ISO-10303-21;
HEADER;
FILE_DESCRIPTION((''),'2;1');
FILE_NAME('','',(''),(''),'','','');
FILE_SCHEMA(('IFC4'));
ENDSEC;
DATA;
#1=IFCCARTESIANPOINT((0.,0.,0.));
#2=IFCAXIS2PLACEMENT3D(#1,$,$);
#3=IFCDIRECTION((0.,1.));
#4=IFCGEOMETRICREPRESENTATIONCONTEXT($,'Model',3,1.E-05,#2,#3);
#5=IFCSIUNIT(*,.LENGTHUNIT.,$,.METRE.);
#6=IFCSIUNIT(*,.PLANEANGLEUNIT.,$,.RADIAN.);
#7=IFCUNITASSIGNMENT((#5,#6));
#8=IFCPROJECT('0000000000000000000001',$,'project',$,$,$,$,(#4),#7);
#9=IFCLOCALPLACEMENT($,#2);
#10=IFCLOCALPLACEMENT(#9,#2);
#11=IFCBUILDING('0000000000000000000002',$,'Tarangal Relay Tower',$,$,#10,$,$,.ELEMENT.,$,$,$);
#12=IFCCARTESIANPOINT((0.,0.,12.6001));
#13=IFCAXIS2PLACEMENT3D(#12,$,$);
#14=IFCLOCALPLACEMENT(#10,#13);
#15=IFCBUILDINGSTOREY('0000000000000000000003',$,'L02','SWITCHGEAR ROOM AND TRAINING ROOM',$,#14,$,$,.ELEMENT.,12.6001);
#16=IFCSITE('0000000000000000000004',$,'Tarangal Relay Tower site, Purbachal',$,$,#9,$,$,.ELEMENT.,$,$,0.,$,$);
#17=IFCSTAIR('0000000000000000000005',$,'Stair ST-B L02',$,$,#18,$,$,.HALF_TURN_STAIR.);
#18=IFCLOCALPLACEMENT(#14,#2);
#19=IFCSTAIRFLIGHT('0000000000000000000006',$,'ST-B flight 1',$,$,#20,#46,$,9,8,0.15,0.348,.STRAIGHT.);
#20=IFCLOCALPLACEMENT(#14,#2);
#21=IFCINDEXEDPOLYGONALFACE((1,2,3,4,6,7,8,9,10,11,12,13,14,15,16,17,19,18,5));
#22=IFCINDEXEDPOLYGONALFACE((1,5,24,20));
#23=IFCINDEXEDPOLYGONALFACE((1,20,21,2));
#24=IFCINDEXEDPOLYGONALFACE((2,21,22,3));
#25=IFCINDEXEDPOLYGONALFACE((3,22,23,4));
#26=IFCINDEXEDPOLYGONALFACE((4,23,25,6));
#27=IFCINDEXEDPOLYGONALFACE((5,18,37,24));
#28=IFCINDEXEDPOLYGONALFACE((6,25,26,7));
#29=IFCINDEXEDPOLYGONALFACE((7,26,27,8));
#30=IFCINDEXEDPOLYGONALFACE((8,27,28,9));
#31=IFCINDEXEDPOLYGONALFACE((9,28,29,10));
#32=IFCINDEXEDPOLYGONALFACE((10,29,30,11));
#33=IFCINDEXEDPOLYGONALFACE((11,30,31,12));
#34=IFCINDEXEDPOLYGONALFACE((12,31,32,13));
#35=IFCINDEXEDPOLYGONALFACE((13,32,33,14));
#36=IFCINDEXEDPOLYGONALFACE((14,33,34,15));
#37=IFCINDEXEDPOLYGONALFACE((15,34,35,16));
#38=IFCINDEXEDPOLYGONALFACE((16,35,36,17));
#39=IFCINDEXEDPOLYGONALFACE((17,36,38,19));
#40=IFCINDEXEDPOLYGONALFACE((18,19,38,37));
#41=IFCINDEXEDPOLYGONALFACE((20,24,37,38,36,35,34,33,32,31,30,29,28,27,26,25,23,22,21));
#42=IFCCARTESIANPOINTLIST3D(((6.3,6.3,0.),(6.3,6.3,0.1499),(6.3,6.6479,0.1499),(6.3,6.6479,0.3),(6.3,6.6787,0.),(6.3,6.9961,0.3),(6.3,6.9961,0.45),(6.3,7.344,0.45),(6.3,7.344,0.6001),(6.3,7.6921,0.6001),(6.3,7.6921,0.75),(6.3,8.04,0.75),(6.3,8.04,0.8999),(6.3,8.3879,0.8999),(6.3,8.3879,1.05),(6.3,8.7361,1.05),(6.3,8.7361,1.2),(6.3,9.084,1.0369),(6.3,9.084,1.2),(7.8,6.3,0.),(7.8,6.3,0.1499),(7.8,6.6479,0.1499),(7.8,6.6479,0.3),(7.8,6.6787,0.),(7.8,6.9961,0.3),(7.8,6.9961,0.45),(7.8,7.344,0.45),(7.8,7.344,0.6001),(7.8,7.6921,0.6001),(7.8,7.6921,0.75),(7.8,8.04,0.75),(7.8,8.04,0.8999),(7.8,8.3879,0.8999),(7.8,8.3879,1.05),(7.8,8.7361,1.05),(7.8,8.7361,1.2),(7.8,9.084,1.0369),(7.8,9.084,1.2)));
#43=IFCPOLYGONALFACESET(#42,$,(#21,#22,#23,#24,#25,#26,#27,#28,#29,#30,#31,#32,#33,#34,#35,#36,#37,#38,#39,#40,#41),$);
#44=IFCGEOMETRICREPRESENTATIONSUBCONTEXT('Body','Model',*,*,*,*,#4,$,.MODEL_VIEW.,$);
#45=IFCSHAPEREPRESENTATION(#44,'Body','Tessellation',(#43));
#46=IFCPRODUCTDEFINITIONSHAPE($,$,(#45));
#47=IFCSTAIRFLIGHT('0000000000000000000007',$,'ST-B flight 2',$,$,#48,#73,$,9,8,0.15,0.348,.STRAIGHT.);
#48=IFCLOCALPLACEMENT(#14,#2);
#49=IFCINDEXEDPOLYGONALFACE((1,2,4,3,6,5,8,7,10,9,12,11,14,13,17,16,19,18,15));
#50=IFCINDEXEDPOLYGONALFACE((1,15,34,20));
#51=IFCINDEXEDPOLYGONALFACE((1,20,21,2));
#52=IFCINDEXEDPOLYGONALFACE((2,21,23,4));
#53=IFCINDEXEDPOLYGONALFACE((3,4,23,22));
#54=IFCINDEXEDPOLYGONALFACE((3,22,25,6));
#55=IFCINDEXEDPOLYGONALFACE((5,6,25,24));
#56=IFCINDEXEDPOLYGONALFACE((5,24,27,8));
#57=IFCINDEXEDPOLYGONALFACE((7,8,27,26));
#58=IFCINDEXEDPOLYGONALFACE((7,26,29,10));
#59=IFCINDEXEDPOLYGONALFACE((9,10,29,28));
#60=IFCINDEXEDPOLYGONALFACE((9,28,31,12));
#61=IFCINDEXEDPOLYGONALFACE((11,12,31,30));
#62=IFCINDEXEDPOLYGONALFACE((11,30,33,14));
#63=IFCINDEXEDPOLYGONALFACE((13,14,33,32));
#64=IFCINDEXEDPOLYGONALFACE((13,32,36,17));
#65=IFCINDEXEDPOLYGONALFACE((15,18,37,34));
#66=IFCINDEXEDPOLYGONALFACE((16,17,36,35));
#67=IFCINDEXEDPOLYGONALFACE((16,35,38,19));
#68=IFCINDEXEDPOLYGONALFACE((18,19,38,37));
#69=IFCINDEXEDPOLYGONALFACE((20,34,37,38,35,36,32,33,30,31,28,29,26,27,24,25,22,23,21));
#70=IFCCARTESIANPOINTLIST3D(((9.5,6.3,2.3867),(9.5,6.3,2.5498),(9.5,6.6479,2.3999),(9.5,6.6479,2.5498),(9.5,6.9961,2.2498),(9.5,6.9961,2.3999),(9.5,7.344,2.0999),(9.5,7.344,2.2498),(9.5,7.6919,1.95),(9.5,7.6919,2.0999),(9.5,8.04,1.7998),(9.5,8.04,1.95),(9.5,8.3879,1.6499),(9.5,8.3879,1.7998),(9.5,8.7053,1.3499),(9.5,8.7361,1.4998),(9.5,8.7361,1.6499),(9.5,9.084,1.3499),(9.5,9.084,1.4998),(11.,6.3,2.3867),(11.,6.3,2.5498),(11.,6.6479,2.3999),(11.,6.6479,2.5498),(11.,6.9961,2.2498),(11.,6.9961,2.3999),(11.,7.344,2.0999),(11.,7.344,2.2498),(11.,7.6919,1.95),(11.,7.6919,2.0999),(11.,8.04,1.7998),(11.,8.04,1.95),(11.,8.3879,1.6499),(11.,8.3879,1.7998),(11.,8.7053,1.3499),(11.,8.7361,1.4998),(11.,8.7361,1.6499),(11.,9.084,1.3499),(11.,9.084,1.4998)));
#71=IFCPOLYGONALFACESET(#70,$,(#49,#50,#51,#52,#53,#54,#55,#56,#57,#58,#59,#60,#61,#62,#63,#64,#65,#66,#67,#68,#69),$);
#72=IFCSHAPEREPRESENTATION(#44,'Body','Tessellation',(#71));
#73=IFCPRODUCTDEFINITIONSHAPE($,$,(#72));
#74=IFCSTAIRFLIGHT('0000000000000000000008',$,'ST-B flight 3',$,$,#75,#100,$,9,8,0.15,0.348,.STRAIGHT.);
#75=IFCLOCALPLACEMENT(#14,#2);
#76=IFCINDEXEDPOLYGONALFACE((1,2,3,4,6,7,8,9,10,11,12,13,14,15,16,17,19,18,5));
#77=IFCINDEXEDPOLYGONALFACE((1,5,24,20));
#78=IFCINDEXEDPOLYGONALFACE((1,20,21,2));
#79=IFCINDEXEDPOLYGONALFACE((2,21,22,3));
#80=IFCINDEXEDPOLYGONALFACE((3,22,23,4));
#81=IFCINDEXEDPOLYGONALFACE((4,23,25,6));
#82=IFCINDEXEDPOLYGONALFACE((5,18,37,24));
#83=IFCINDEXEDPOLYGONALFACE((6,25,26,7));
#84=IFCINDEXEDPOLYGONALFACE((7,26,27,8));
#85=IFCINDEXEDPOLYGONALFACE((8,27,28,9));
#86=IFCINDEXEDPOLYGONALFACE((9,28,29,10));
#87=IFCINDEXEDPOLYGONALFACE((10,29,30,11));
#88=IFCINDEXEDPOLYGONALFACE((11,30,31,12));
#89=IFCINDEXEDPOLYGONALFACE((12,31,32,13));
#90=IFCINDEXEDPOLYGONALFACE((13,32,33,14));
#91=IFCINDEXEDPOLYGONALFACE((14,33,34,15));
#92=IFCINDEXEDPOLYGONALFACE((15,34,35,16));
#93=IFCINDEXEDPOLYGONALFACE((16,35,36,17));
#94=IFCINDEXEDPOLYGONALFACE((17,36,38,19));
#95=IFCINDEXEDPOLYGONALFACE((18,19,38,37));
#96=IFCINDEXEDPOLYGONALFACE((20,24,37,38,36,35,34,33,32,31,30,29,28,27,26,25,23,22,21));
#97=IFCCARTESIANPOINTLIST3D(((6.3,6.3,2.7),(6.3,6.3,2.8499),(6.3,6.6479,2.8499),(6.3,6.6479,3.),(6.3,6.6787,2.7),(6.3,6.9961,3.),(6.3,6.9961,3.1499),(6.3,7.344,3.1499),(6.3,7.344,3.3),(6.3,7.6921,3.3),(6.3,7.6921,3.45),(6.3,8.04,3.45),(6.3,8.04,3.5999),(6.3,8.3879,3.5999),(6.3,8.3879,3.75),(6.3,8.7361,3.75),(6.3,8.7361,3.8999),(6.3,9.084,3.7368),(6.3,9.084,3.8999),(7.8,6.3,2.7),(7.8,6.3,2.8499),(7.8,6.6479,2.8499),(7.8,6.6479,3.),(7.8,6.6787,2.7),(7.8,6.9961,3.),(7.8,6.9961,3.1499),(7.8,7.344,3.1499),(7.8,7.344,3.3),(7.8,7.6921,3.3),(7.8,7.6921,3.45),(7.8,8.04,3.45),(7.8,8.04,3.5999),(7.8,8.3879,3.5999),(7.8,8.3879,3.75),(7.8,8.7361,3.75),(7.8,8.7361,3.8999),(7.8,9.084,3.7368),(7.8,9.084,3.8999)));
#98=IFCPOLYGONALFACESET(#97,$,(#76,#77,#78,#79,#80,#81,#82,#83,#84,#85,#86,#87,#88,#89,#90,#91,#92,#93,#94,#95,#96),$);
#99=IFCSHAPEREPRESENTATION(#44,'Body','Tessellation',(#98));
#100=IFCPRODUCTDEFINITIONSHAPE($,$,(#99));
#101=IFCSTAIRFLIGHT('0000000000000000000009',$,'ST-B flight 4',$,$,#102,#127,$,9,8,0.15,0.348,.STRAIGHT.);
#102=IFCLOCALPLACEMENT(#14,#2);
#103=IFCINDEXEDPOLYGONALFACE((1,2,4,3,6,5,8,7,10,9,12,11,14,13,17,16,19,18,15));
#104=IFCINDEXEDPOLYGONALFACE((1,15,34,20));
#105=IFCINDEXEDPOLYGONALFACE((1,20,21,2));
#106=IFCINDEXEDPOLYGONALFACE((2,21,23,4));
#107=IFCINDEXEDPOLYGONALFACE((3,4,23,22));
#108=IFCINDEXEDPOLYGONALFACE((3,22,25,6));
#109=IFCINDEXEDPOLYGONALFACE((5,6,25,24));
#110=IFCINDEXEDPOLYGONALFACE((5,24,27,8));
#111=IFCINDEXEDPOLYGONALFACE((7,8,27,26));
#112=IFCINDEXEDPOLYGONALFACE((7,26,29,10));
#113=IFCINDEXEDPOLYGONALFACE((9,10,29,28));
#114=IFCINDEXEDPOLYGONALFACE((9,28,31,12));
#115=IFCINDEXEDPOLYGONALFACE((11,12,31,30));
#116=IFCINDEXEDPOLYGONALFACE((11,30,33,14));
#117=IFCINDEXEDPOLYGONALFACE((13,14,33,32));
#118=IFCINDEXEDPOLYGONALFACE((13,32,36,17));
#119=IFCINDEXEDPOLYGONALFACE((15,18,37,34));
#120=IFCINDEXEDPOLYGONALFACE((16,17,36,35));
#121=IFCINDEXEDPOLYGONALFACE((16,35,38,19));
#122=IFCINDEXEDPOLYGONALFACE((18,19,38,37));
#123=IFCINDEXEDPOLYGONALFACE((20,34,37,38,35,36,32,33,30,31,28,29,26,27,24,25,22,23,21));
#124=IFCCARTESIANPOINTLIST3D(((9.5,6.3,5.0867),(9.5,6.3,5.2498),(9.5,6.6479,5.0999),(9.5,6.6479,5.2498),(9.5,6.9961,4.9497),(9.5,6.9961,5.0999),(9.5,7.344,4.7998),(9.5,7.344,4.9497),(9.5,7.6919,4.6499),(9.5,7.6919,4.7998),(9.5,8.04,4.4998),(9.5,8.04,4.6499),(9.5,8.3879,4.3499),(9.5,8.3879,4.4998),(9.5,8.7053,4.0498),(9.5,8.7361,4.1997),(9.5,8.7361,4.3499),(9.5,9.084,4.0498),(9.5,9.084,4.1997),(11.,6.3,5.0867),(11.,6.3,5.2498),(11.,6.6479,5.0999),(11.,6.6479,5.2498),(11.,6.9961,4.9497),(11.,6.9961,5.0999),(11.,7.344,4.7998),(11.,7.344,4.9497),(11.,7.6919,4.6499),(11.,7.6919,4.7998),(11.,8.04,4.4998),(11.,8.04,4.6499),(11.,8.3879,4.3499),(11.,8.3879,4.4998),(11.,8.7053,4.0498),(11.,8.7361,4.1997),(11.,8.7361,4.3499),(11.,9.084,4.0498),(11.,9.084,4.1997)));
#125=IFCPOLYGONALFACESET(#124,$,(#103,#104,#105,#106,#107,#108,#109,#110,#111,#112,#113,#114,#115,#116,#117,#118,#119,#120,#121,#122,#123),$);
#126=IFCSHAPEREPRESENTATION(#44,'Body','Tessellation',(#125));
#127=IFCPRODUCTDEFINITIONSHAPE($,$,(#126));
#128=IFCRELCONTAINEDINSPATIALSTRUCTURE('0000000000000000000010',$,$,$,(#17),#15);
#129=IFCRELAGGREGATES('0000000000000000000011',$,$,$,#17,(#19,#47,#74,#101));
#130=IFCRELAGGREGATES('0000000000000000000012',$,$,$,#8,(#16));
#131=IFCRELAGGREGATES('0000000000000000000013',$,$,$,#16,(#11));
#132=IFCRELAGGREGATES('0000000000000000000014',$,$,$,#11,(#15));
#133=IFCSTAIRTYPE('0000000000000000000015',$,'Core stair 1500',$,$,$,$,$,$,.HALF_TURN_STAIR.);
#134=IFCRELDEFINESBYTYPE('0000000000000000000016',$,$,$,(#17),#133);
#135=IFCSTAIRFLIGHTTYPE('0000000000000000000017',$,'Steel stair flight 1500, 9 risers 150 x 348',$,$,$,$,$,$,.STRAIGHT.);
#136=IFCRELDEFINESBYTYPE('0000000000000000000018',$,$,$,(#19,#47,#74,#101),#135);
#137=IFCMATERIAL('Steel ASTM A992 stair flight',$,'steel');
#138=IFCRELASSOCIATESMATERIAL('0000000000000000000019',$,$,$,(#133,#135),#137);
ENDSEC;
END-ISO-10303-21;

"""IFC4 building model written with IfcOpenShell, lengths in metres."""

from ifc_helpers import new_model, si_unit, direction, frame, origin, place, context, subcontext, project, spatial, polyline, outline, extrude, material, type_object, element, aggregate, save


model = new_model("IFC4")

# Units and contexts
model_context = context("Model", 3, precision=1e-05, world=origin(), true_north=direction((0.0, 1.0)))
body_context = subcontext(model_context, "Body", "Model", "MODEL_VIEW")
ifc_project = project(units=[si_unit("LENGTHUNIT", "METRE"), si_unit("PLANEANGLEUNIT", "RADIAN")], contexts=[model_context])

# Site, building, storey
site_placement = place(None, origin())
site = spatial("IfcSite", under=ifc_project, at=site_placement, Name="Tarangal Relay Tower site, Purbachal", CompositionType="ELEMENT", RefElevation=0.0)
building_placement = place(site_placement, origin())
building = spatial("IfcBuilding", under=site, at=building_placement, Name="Tarangal Relay Tower", CompositionType="ELEMENT")
storey_placement = place(building_placement, frame((0.0, 0.0, 12.6001)))
storey = spatial("IfcBuildingStorey", under=building, at=storey_placement, Name="L02", Description="SWITCHGEAR ROOM AND TRAINING ROOM", CompositionType="ELEMENT", Elevation=12.6001)

# Shared definitions
ifc_material_1 = material(Name="Steel ASTM A992 stair flight", Category="steel")
stair_type_1 = type_object("IfcStairType", Name="Core stair 1500", PredefinedType="HALF_TURN_STAIR", material=ifc_material_1)

# Stair, stair flights
stair_1_placement = place(storey_placement, origin())
stair_1 = element("IfcStair", 1, at=stair_1_placement, inside=storey, type_object=stair_type_1, Name="Stair ST-B L02", PredefinedType="HALF_TURN_STAIR")
stair_flight_type = type_object("IfcStairFlightType", Name="Steel stair flight 1500, 9 risers 150 x 348", PredefinedType="STRAIGHT", material=ifc_material_1)
stair_flight_1_placement = place(storey_placement, frame((7.05, 6.3, 0.0), z_axis=(0.0, 0.0, 1.0), x_axis=(0.0, 1.0, 0.0)))
stair_flight_1 = element("IfcStairFlight", 2, at=stair_flight_1_placement, type_object=stair_flight_type, Name="ST-B flight 1", NumberOfRisers=9, NumberOfTreads=8, PredefinedType="STRAIGHT", RiserHeight=0.15, TreadLength=0.348, context=body_context, shape_type="SweptSolid", body=[
    extrude(outline(polyline([(0.0, 0.0), (0.0, 0.1499), (0.3479, 0.1499), (0.3479, 0.3), (0.696, 0.3), (0.696, 0.45), (1.0439, 0.45), (1.0439, 0.6001), (1.3921, 0.6001), (1.3921, 0.75), (1.74, 0.75), (1.74, 0.8999), (2.0879, 0.8999), (2.0879, 1.05), (2.436, 1.05), (2.436, 1.2), (2.7839, 1.2), (2.7839, 1.3501), (2.7839, 1.0369), (0.3787, 0.0), (0.0, 0.0)])), frame((0.0, 0.75, 0.0), z_axis=(0.0, -1.0, 0.0), x_axis=(1.0, 0.0, 0.0)), (0.0, 0.0, 1.0), 1.5),
])
stair_flight_2_placement = place(storey_placement, frame((10.25, 9.084, 1.3499), z_axis=(0.0, 0.0, 1.0), x_axis=(0.0, -1.0, 0.0)))
stair_flight_2 = element("IfcStairFlight", 3, at=stair_flight_2_placement, type_object=stair_flight_type, Name="ST-B flight 2", NumberOfRisers=9, NumberOfTreads=8, PredefinedType="STRAIGHT", RiserHeight=0.15, TreadLength=0.348, context=body_context, shape_type="SweptSolid", body=[
    extrude(outline(polyline([(0.0, 0.0), (0.0, 0.1499), (0.3479, 0.1499), (0.3479, 0.3), (0.696, 0.3), (0.696, 0.45), (1.0439, 0.45), (1.0439, 0.6001), (1.3921, 0.6001), (1.3921, 0.75), (1.74, 0.75), (1.74, 0.8999), (2.0879, 0.8999), (2.0879, 1.05), (2.436, 1.05), (2.436, 1.2), (2.7839, 1.2), (2.7839, 1.3501), (2.7839, 1.0369), (0.3787, 0.0), (0.0, 0.0)])), frame((0.0, 0.75, 0.0), z_axis=(0.0, -1.0, 0.0), x_axis=(1.0, 0.0, 0.0)), (0.0, 0.0, 1.0), 1.5),
])
stair_flight_3_placement = place(storey_placement, frame((7.05, 6.3, 2.7), z_axis=(0.0, 0.0, 1.0), x_axis=(0.0, 1.0, 0.0)))
stair_flight_3 = element("IfcStairFlight", 4, at=stair_flight_3_placement, type_object=stair_flight_type, Name="ST-B flight 3", NumberOfRisers=9, NumberOfTreads=8, PredefinedType="STRAIGHT", RiserHeight=0.15, TreadLength=0.348, context=body_context, shape_type="SweptSolid", body=[
    extrude(outline(polyline([(0.0, 0.0), (0.0, 0.1499), (0.3479, 0.1499), (0.3479, 0.3), (0.696, 0.3), (0.696, 0.45), (1.0439, 0.45), (1.0439, 0.6001), (1.3921, 0.6001), (1.3921, 0.75), (1.74, 0.75), (1.74, 0.8999), (2.0879, 0.8999), (2.0879, 1.05), (2.436, 1.05), (2.436, 1.2), (2.7839, 1.2), (2.7839, 1.3501), (2.7839, 1.0369), (0.3787, 0.0), (0.0, 0.0)])), frame((0.0, 0.75, 0.0), z_axis=(0.0, -1.0, 0.0), x_axis=(1.0, 0.0, 0.0)), (0.0, 0.0, 1.0), 1.5),
])
stair_flight_4_placement = place(storey_placement, frame((10.25, 9.084, 4.0498), z_axis=(0.0, 0.0, 1.0), x_axis=(0.0, -1.0, 0.0)))
stair_flight_4 = element("IfcStairFlight", 5, at=stair_flight_4_placement, type_object=stair_flight_type, Name="ST-B flight 4", NumberOfRisers=9, NumberOfTreads=8, PredefinedType="STRAIGHT", RiserHeight=0.15, TreadLength=0.348, context=body_context, shape_type="SweptSolid", body=[
    extrude(outline(polyline([(0.0, 0.0), (0.0, 0.1499), (0.3479, 0.1499), (0.3479, 0.3), (0.696, 0.3), (0.696, 0.45), (1.0439, 0.45), (1.0439, 0.6001), (1.3921, 0.6001), (1.3921, 0.75), (1.74, 0.75), (1.74, 0.8999), (2.0879, 0.8999), (2.0879, 1.05), (2.436, 1.05), (2.436, 1.2), (2.7839, 1.2), (2.7839, 1.3501), (2.7839, 1.0369), (0.3787, 0.0), (0.0, 0.0)])), frame((0.0, 0.75, 0.0), z_axis=(0.0, -1.0, 0.0), x_axis=(1.0, 0.0, 0.0)), (0.0, 0.0, 1.0), 1.5),
])
aggregate(stair_1, [stair_flight_1, stair_flight_2, stair_flight_3, stair_flight_4])

save(model, "model.ifc")
